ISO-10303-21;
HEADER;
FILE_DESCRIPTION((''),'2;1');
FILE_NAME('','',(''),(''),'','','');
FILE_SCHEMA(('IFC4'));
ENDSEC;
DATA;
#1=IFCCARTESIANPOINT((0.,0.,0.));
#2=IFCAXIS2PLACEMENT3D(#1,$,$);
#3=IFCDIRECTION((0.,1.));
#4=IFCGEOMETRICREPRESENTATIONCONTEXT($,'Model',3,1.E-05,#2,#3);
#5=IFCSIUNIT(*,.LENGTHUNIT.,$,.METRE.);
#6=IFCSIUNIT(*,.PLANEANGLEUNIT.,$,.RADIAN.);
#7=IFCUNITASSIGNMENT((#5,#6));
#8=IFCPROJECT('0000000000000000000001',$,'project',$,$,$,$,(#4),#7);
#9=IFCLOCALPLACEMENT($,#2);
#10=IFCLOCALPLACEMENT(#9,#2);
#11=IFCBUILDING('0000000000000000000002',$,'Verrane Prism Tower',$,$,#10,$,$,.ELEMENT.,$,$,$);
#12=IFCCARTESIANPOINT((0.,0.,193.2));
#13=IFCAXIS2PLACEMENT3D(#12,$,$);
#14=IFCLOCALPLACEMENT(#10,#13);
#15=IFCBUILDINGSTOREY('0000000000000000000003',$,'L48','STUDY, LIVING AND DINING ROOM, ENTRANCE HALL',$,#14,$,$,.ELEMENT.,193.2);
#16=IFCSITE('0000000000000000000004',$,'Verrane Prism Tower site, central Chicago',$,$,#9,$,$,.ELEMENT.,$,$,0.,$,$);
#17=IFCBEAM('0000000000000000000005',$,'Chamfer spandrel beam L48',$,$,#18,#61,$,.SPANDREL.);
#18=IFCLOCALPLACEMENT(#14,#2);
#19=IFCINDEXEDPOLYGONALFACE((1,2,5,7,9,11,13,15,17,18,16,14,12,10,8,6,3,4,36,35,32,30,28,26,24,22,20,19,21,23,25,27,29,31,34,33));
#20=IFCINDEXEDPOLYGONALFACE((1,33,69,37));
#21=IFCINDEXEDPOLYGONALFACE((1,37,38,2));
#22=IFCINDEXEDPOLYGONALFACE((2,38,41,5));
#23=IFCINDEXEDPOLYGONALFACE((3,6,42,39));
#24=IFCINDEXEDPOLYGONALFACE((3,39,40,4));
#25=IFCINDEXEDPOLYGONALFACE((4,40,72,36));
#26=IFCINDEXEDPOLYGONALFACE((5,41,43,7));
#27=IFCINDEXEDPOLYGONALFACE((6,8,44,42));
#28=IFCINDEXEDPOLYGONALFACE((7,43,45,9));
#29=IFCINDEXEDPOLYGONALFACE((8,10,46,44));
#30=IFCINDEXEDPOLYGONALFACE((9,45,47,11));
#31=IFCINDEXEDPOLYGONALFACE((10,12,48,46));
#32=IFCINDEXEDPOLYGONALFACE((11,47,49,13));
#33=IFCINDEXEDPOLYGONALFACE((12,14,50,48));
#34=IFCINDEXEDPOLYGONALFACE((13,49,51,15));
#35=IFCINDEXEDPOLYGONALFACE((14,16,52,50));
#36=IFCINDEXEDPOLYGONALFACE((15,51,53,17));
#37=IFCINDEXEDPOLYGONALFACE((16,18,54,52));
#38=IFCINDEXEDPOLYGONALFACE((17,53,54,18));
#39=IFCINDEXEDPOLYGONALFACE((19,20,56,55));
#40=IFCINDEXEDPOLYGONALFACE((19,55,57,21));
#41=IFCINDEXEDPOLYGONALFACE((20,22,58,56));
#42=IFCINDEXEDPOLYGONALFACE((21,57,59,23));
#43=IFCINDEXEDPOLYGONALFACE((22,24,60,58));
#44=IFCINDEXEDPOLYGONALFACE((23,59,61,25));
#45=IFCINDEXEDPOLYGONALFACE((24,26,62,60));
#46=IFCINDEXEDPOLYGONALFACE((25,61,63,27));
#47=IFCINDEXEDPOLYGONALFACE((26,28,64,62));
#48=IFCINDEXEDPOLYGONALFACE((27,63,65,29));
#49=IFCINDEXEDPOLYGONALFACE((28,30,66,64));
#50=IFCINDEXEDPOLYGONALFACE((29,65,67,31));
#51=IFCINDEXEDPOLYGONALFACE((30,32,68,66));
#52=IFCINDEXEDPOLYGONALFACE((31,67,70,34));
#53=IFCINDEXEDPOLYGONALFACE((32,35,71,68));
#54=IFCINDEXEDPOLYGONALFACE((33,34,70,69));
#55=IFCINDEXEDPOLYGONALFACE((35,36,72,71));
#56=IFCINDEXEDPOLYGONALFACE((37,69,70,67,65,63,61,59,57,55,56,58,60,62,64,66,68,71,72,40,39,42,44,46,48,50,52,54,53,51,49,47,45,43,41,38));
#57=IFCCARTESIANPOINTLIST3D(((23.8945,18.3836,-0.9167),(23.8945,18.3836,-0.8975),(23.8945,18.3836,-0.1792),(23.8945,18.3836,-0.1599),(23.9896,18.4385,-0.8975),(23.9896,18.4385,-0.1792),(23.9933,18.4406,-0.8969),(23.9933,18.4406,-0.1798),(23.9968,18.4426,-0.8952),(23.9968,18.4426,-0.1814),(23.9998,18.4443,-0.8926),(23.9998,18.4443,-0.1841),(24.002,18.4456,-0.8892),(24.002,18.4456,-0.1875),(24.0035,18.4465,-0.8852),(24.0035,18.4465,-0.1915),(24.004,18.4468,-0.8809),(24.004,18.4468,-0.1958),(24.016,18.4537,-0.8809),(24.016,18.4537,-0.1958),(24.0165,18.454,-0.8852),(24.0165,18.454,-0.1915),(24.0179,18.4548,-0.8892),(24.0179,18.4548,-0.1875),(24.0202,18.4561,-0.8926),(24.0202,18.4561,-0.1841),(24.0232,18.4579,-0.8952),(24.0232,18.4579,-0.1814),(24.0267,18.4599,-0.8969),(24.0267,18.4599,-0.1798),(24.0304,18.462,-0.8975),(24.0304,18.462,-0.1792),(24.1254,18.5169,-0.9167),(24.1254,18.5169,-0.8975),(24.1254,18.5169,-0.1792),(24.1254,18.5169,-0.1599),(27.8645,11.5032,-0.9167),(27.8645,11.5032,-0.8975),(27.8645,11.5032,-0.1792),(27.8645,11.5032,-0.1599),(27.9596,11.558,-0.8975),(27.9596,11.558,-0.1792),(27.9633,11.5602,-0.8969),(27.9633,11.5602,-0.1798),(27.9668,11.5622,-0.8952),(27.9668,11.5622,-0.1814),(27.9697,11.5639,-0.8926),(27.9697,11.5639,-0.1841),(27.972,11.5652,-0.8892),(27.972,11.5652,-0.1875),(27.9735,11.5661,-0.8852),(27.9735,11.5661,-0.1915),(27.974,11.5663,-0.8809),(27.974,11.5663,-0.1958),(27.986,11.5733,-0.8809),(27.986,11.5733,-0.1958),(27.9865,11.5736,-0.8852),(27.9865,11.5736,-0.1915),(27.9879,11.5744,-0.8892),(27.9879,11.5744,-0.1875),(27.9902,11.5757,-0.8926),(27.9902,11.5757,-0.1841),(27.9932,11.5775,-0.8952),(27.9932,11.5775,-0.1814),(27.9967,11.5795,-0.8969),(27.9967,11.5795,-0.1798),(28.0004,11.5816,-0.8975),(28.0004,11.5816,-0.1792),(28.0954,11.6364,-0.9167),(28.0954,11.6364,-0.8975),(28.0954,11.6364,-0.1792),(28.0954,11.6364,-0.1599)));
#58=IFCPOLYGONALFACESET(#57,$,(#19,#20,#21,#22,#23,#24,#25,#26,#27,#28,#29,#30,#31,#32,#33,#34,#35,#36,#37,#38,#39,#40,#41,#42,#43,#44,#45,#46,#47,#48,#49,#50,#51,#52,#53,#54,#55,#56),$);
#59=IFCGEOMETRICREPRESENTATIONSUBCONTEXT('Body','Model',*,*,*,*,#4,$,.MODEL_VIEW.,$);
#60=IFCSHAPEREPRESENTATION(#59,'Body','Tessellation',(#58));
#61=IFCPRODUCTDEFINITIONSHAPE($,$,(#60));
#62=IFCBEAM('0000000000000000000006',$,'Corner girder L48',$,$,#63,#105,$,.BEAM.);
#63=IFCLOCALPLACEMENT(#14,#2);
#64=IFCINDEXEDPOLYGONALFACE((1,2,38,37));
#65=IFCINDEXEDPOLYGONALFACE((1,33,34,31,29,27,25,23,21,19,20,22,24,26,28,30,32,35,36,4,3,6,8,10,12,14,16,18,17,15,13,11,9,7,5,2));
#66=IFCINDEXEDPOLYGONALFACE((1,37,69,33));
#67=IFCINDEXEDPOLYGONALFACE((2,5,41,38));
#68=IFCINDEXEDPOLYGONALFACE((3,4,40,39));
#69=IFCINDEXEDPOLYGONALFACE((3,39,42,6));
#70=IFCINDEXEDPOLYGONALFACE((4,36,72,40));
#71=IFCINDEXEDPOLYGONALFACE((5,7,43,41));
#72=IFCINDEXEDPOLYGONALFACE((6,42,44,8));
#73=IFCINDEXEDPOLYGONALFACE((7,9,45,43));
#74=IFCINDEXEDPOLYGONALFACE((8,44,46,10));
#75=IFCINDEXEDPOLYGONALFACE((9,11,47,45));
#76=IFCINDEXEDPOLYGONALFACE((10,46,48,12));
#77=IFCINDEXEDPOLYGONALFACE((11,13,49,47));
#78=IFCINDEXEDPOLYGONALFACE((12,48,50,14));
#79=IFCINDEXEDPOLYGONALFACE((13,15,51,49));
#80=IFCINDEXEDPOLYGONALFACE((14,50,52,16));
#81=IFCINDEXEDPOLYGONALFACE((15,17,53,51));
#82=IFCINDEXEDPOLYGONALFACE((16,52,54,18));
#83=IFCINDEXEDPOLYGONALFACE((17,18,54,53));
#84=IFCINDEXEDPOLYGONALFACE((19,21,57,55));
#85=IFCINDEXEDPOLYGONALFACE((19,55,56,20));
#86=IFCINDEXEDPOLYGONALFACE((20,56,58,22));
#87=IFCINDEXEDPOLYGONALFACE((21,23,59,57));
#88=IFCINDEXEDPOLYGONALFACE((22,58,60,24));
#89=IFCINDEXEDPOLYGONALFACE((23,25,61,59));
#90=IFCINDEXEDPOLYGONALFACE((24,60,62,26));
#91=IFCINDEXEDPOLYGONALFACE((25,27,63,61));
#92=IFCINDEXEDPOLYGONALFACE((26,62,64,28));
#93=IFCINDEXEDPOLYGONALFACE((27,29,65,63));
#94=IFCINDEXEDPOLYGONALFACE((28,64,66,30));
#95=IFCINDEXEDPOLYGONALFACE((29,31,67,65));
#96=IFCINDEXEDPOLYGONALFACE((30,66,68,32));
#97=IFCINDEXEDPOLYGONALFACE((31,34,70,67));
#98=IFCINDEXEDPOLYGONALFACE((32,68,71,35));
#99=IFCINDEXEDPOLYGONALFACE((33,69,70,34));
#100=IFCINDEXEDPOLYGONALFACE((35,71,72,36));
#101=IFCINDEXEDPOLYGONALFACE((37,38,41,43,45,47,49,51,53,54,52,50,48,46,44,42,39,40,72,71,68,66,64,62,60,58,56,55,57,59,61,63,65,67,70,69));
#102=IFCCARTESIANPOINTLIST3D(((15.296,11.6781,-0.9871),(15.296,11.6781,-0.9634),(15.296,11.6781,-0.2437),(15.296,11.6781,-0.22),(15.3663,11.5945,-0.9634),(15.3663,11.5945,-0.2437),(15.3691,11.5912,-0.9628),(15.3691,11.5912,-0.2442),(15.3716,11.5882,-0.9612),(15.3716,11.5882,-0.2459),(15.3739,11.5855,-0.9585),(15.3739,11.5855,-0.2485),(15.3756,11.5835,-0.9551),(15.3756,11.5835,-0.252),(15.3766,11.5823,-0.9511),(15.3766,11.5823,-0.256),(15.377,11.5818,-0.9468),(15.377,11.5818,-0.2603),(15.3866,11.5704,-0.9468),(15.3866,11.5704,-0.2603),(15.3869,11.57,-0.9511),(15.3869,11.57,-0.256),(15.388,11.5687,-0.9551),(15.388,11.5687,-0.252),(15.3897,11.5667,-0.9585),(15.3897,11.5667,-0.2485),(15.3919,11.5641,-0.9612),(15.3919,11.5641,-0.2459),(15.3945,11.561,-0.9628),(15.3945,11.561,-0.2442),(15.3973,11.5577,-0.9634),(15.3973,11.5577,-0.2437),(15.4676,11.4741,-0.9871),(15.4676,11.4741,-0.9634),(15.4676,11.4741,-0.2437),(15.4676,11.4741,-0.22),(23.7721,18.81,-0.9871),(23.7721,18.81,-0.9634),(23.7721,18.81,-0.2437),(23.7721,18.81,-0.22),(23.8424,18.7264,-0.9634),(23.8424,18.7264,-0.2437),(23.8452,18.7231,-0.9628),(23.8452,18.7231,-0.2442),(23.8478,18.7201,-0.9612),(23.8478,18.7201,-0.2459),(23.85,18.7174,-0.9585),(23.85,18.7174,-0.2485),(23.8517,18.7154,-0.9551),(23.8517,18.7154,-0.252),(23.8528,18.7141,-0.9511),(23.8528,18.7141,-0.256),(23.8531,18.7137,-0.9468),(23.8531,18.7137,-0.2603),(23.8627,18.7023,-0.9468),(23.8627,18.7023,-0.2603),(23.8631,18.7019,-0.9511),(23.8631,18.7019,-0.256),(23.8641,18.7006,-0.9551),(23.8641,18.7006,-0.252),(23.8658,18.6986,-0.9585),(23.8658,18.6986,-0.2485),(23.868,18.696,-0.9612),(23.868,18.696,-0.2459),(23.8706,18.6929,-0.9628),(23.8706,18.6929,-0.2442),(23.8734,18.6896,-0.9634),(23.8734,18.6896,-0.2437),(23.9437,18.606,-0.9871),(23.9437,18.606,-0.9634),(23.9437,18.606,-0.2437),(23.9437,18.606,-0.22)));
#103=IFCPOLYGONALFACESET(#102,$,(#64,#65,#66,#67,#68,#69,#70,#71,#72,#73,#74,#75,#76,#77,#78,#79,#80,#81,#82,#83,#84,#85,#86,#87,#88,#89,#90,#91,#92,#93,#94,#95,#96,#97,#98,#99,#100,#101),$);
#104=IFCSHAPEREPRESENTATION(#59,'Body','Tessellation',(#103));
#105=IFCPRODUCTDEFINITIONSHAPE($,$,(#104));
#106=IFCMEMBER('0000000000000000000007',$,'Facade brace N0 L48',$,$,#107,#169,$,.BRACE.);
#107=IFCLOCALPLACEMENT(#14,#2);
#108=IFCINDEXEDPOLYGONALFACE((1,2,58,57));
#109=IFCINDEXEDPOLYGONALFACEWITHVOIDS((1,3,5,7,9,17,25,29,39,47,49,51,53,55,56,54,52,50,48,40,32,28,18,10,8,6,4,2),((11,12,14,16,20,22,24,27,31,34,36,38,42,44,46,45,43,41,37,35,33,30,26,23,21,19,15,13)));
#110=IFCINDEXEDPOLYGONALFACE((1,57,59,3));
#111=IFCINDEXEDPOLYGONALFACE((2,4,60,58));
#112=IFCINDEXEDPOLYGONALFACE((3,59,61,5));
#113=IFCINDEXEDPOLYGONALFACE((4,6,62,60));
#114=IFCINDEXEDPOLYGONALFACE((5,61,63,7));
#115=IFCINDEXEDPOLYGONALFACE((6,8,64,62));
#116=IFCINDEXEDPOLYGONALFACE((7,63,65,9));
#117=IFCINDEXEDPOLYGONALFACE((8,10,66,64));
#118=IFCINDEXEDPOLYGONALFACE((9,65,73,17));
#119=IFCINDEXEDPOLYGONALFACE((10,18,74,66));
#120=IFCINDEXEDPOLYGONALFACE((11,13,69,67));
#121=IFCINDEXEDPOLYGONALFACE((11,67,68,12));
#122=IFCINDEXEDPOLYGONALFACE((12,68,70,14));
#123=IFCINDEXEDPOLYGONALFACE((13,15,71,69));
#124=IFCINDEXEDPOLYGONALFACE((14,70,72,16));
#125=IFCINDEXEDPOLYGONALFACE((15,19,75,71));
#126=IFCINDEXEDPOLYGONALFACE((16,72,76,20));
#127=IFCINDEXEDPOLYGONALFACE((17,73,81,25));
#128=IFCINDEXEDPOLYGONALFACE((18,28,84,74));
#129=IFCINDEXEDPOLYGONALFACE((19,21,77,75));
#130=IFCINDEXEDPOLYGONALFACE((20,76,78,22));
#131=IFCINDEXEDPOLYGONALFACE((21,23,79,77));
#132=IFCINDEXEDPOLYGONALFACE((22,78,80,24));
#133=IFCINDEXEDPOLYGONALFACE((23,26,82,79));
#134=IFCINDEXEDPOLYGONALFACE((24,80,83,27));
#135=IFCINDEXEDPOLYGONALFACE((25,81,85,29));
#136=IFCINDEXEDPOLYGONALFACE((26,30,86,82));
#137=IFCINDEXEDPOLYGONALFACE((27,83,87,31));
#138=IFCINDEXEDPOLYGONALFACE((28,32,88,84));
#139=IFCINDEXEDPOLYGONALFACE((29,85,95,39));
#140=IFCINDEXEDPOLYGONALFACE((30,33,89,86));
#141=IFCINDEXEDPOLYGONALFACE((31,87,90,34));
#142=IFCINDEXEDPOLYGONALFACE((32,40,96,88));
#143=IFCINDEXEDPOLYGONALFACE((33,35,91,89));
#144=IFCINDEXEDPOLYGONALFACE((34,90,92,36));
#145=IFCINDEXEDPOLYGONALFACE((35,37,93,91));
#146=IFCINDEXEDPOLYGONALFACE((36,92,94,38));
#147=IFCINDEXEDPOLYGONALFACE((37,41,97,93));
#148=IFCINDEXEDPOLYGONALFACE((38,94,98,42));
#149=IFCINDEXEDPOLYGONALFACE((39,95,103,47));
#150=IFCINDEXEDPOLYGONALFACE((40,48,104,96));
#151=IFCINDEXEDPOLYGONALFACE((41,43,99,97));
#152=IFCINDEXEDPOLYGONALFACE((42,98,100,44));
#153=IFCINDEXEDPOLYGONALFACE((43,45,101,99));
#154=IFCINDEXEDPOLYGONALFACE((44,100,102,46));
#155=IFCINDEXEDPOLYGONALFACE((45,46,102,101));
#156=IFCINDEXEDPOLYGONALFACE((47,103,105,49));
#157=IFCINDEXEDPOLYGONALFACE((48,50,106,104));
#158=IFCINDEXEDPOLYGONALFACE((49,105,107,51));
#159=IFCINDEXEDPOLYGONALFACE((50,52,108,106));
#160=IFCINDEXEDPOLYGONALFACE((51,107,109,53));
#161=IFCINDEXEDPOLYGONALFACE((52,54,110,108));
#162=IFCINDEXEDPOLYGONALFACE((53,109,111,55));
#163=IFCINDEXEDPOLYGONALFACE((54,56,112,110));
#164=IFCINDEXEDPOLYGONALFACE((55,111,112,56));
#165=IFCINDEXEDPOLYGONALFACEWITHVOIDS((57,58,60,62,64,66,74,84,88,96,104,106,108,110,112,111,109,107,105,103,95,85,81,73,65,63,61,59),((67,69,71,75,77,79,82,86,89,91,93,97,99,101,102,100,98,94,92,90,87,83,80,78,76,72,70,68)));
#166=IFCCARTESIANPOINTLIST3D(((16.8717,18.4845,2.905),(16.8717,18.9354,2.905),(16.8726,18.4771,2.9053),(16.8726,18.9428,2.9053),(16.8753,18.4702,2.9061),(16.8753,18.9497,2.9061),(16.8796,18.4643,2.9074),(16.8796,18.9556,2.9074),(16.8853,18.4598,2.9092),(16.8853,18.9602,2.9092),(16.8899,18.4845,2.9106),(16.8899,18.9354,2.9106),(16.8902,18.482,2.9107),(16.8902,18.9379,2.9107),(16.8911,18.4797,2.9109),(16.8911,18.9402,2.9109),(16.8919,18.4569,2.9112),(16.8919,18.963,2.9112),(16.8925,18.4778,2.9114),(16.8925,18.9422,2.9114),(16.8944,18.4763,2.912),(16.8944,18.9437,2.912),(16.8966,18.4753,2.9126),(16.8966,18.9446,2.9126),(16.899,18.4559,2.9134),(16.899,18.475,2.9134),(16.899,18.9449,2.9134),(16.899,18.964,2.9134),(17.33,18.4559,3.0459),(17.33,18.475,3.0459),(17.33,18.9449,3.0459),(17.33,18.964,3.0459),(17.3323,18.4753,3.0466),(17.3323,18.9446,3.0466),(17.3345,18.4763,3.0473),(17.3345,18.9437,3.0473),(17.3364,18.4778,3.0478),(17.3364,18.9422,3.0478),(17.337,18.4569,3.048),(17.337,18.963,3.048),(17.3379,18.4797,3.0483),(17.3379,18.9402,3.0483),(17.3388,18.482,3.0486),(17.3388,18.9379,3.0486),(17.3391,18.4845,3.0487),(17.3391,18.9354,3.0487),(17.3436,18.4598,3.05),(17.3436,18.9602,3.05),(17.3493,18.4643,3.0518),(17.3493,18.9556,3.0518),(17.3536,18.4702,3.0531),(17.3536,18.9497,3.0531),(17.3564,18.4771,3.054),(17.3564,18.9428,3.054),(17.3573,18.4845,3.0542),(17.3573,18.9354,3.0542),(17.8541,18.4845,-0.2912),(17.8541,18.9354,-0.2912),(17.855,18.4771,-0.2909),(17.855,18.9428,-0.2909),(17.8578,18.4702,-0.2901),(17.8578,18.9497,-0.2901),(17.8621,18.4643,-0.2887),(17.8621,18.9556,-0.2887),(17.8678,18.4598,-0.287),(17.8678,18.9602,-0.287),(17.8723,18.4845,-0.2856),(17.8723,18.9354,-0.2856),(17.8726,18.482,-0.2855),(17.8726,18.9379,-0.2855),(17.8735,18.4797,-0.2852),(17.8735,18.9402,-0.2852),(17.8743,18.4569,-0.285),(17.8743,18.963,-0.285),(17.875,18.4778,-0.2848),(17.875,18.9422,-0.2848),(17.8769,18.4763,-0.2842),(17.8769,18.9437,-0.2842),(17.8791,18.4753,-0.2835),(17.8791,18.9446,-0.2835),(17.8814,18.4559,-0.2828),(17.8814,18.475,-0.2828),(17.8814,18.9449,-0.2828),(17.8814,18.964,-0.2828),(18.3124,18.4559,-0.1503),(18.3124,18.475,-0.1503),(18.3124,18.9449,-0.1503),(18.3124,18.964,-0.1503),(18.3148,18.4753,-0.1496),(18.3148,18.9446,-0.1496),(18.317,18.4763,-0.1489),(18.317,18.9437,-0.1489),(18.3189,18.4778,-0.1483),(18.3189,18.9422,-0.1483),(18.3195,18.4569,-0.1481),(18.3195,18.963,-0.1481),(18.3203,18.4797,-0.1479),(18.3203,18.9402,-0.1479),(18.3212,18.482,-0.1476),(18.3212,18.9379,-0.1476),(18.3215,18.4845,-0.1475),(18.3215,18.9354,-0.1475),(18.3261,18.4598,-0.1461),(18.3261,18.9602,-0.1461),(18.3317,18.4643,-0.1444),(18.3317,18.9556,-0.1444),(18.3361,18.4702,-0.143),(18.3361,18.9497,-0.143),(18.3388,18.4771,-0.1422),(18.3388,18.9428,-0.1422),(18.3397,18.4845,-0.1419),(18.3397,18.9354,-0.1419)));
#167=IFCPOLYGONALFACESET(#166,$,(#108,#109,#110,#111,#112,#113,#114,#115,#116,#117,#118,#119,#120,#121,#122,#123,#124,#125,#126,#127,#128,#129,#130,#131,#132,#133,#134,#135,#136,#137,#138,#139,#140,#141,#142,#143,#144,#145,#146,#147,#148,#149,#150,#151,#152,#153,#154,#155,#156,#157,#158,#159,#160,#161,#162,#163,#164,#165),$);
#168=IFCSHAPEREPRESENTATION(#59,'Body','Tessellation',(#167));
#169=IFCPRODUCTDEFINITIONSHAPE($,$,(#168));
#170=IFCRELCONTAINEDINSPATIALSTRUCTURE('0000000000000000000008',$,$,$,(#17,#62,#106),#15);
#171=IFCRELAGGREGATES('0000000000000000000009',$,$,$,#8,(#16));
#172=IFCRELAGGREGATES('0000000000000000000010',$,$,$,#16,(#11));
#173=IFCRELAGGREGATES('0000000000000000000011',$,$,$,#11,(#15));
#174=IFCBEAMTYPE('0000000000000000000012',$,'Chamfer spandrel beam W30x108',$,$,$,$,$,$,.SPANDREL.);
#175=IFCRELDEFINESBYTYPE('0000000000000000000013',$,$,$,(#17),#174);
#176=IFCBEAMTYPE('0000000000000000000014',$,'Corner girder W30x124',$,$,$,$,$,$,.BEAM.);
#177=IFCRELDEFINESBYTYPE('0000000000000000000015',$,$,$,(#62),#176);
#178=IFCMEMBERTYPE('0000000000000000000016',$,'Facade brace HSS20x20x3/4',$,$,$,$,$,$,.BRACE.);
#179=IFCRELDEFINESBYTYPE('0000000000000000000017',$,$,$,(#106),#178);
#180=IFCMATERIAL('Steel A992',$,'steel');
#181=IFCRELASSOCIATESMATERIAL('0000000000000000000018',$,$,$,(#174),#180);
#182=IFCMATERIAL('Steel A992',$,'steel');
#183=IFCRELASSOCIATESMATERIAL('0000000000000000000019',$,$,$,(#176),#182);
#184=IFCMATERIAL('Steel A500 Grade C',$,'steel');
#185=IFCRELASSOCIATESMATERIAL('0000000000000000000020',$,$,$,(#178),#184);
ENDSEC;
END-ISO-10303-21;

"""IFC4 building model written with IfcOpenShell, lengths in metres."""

from ifc_helpers import new_model, si_unit, direction, frame, origin, origin_2d, place, context, subcontext, project, spatial, hollow_rectangle, i_section, extrude, material, material_profile, profile_set, type_object, element, save


model = new_model("IFC4")

# Units and contexts
model_context = context("Model", 3, precision=1e-05, world=origin(), true_north=direction((0.0, 1.0)))
body_context = subcontext(model_context, "Body", "Model", "MODEL_VIEW")
ifc_project = project(units=[si_unit("LENGTHUNIT", "METRE"), si_unit("PLANEANGLEUNIT", "RADIAN")], contexts=[model_context])

# Site, building, storey
site_placement = place(None, origin())
site = spatial("IfcSite", under=ifc_project, at=site_placement, Name="Verrane Prism Tower site, central Chicago", CompositionType="ELEMENT", RefElevation=0.0)
building_placement = place(site_placement, origin())
building = spatial("IfcBuilding", under=site, at=building_placement, Name="Verrane Prism Tower", CompositionType="ELEMENT")
storey_placement = place(building_placement, frame((0.0, 0.0, 193.2)))
storey = spatial("IfcBuildingStorey", under=building, at=storey_placement, Name="L48", Description="STUDY, LIVING AND DINING ROOM, ENTRANCE HALL", CompositionType="ELEMENT", Elevation=193.2)

# Beams
ifc_material_1 = material(Name="Steel A992", Category="steel")
ifc_material_profile_1 = material_profile(ifc_material_1, i_section(OverallWidth=0.2666, OverallDepth=0.7568, WebThickness=0.0139, FlangeThickness=0.0193, FilletRadius=0.0166, at=origin_2d()), Name="W30x108")
ifc_profile_set_1 = profile_set([ifc_material_profile_1], Name="Steel A992")
beam_type_1 = type_object("IfcBeamType", Name="Chamfer spandrel beam W30x108", PredefinedType="SPANDREL", material=ifc_profile_set_1)
beam_1_placement = place(storey_placement, frame((27.98, 11.5698, -0.5383), z_axis=(-0.499772, 0.866157, 0.0), x_axis=(-0.866157, -0.499772, 0.0)))
element("IfcBeam", 1, at=beam_1_placement, inside=storey, type_object=beam_type_1, Name="Chamfer spandrel beam L48", PredefinedType="SPANDREL", context=body_context, shape_type="SweptSolid", body=[
    extrude(i_section(OverallWidth=0.2666, OverallDepth=0.7568, WebThickness=0.0139, FlangeThickness=0.0193, FilletRadius=0.0166, at=origin_2d()), origin(), (0.0, 0.0, 1.0), 7.9436),
])
ifc_material_2 = material(Name="Steel A992", Category="steel")
ifc_material_profile_2 = material_profile(ifc_material_2, i_section(OverallWidth=0.2666, OverallDepth=0.7671, WebThickness=0.0149, FlangeThickness=0.0237, FilletRadius=0.0166, at=origin_2d()), Name="W30x124")
ifc_profile_set_2 = profile_set([ifc_material_profile_2], Name="Steel A992")
beam_type_2 = type_object("IfcBeamType", Name="Corner girder W30x124", PredefinedType="BEAM", material=ifc_profile_set_2)
beam_2_placement = place(storey_placement, frame((23.8579, 18.708, -0.6035), z_axis=(-0.765174, -0.643823, 0.0), x_axis=(0.643823, -0.765174, 0.0)))
element("IfcBeam", 2, at=beam_2_placement, inside=storey, type_object=beam_type_2, Name="Corner girder L48", PredefinedType="BEAM", context=body_context, shape_type="SweptSolid", body=[
    extrude(i_section(OverallWidth=0.2666, OverallDepth=0.7671, WebThickness=0.0149, FlangeThickness=0.0237, FilletRadius=0.0166, at=origin_2d()), origin(), (0.0, 0.0, 1.0), 11.0774),
])

# Member
ifc_material_3 = material(Name="Steel A500 Grade C", Category="steel")
ifc_material_profile_3 = material_profile(ifc_material_3, hollow_rectangle(XDim=0.5081, YDim=0.5081, WallThickness=0.019, InnerFilletRadius=0.0095, OuterFilletRadius=0.0286, at=origin_2d()), Name="HSS20x20x3/4")
ifc_profile_set_3 = profile_set([ifc_material_profile_3], Name="Steel A500 Grade C")
member_type_1 = type_object("IfcMemberType", Name="Facade brace HSS20x20x3/4", PredefinedType="BRACE", material=ifc_profile_set_3)
member_1_placement = place(storey_placement, frame((18.0969, 18.71, -0.2166), z_axis=(-0.293819, 0.0, 0.955861), x_axis=(0.0, -1.0, 0.0)))
element("IfcMember", 3, at=member_1_placement, inside=storey, type_object=member_type_1, Name="Facade brace N0 L48", PredefinedType="BRACE", context=body_context, shape_type="SweptSolid", body=[
    extrude(hollow_rectangle(XDim=0.5081, YDim=0.5081, WallThickness=0.019, InnerFilletRadius=0.0095, OuterFilletRadius=0.0286, at=origin_2d()), origin(), (0.0, 0.0, 1.0), 3.3438),
])

save(model, "model.ifc")
